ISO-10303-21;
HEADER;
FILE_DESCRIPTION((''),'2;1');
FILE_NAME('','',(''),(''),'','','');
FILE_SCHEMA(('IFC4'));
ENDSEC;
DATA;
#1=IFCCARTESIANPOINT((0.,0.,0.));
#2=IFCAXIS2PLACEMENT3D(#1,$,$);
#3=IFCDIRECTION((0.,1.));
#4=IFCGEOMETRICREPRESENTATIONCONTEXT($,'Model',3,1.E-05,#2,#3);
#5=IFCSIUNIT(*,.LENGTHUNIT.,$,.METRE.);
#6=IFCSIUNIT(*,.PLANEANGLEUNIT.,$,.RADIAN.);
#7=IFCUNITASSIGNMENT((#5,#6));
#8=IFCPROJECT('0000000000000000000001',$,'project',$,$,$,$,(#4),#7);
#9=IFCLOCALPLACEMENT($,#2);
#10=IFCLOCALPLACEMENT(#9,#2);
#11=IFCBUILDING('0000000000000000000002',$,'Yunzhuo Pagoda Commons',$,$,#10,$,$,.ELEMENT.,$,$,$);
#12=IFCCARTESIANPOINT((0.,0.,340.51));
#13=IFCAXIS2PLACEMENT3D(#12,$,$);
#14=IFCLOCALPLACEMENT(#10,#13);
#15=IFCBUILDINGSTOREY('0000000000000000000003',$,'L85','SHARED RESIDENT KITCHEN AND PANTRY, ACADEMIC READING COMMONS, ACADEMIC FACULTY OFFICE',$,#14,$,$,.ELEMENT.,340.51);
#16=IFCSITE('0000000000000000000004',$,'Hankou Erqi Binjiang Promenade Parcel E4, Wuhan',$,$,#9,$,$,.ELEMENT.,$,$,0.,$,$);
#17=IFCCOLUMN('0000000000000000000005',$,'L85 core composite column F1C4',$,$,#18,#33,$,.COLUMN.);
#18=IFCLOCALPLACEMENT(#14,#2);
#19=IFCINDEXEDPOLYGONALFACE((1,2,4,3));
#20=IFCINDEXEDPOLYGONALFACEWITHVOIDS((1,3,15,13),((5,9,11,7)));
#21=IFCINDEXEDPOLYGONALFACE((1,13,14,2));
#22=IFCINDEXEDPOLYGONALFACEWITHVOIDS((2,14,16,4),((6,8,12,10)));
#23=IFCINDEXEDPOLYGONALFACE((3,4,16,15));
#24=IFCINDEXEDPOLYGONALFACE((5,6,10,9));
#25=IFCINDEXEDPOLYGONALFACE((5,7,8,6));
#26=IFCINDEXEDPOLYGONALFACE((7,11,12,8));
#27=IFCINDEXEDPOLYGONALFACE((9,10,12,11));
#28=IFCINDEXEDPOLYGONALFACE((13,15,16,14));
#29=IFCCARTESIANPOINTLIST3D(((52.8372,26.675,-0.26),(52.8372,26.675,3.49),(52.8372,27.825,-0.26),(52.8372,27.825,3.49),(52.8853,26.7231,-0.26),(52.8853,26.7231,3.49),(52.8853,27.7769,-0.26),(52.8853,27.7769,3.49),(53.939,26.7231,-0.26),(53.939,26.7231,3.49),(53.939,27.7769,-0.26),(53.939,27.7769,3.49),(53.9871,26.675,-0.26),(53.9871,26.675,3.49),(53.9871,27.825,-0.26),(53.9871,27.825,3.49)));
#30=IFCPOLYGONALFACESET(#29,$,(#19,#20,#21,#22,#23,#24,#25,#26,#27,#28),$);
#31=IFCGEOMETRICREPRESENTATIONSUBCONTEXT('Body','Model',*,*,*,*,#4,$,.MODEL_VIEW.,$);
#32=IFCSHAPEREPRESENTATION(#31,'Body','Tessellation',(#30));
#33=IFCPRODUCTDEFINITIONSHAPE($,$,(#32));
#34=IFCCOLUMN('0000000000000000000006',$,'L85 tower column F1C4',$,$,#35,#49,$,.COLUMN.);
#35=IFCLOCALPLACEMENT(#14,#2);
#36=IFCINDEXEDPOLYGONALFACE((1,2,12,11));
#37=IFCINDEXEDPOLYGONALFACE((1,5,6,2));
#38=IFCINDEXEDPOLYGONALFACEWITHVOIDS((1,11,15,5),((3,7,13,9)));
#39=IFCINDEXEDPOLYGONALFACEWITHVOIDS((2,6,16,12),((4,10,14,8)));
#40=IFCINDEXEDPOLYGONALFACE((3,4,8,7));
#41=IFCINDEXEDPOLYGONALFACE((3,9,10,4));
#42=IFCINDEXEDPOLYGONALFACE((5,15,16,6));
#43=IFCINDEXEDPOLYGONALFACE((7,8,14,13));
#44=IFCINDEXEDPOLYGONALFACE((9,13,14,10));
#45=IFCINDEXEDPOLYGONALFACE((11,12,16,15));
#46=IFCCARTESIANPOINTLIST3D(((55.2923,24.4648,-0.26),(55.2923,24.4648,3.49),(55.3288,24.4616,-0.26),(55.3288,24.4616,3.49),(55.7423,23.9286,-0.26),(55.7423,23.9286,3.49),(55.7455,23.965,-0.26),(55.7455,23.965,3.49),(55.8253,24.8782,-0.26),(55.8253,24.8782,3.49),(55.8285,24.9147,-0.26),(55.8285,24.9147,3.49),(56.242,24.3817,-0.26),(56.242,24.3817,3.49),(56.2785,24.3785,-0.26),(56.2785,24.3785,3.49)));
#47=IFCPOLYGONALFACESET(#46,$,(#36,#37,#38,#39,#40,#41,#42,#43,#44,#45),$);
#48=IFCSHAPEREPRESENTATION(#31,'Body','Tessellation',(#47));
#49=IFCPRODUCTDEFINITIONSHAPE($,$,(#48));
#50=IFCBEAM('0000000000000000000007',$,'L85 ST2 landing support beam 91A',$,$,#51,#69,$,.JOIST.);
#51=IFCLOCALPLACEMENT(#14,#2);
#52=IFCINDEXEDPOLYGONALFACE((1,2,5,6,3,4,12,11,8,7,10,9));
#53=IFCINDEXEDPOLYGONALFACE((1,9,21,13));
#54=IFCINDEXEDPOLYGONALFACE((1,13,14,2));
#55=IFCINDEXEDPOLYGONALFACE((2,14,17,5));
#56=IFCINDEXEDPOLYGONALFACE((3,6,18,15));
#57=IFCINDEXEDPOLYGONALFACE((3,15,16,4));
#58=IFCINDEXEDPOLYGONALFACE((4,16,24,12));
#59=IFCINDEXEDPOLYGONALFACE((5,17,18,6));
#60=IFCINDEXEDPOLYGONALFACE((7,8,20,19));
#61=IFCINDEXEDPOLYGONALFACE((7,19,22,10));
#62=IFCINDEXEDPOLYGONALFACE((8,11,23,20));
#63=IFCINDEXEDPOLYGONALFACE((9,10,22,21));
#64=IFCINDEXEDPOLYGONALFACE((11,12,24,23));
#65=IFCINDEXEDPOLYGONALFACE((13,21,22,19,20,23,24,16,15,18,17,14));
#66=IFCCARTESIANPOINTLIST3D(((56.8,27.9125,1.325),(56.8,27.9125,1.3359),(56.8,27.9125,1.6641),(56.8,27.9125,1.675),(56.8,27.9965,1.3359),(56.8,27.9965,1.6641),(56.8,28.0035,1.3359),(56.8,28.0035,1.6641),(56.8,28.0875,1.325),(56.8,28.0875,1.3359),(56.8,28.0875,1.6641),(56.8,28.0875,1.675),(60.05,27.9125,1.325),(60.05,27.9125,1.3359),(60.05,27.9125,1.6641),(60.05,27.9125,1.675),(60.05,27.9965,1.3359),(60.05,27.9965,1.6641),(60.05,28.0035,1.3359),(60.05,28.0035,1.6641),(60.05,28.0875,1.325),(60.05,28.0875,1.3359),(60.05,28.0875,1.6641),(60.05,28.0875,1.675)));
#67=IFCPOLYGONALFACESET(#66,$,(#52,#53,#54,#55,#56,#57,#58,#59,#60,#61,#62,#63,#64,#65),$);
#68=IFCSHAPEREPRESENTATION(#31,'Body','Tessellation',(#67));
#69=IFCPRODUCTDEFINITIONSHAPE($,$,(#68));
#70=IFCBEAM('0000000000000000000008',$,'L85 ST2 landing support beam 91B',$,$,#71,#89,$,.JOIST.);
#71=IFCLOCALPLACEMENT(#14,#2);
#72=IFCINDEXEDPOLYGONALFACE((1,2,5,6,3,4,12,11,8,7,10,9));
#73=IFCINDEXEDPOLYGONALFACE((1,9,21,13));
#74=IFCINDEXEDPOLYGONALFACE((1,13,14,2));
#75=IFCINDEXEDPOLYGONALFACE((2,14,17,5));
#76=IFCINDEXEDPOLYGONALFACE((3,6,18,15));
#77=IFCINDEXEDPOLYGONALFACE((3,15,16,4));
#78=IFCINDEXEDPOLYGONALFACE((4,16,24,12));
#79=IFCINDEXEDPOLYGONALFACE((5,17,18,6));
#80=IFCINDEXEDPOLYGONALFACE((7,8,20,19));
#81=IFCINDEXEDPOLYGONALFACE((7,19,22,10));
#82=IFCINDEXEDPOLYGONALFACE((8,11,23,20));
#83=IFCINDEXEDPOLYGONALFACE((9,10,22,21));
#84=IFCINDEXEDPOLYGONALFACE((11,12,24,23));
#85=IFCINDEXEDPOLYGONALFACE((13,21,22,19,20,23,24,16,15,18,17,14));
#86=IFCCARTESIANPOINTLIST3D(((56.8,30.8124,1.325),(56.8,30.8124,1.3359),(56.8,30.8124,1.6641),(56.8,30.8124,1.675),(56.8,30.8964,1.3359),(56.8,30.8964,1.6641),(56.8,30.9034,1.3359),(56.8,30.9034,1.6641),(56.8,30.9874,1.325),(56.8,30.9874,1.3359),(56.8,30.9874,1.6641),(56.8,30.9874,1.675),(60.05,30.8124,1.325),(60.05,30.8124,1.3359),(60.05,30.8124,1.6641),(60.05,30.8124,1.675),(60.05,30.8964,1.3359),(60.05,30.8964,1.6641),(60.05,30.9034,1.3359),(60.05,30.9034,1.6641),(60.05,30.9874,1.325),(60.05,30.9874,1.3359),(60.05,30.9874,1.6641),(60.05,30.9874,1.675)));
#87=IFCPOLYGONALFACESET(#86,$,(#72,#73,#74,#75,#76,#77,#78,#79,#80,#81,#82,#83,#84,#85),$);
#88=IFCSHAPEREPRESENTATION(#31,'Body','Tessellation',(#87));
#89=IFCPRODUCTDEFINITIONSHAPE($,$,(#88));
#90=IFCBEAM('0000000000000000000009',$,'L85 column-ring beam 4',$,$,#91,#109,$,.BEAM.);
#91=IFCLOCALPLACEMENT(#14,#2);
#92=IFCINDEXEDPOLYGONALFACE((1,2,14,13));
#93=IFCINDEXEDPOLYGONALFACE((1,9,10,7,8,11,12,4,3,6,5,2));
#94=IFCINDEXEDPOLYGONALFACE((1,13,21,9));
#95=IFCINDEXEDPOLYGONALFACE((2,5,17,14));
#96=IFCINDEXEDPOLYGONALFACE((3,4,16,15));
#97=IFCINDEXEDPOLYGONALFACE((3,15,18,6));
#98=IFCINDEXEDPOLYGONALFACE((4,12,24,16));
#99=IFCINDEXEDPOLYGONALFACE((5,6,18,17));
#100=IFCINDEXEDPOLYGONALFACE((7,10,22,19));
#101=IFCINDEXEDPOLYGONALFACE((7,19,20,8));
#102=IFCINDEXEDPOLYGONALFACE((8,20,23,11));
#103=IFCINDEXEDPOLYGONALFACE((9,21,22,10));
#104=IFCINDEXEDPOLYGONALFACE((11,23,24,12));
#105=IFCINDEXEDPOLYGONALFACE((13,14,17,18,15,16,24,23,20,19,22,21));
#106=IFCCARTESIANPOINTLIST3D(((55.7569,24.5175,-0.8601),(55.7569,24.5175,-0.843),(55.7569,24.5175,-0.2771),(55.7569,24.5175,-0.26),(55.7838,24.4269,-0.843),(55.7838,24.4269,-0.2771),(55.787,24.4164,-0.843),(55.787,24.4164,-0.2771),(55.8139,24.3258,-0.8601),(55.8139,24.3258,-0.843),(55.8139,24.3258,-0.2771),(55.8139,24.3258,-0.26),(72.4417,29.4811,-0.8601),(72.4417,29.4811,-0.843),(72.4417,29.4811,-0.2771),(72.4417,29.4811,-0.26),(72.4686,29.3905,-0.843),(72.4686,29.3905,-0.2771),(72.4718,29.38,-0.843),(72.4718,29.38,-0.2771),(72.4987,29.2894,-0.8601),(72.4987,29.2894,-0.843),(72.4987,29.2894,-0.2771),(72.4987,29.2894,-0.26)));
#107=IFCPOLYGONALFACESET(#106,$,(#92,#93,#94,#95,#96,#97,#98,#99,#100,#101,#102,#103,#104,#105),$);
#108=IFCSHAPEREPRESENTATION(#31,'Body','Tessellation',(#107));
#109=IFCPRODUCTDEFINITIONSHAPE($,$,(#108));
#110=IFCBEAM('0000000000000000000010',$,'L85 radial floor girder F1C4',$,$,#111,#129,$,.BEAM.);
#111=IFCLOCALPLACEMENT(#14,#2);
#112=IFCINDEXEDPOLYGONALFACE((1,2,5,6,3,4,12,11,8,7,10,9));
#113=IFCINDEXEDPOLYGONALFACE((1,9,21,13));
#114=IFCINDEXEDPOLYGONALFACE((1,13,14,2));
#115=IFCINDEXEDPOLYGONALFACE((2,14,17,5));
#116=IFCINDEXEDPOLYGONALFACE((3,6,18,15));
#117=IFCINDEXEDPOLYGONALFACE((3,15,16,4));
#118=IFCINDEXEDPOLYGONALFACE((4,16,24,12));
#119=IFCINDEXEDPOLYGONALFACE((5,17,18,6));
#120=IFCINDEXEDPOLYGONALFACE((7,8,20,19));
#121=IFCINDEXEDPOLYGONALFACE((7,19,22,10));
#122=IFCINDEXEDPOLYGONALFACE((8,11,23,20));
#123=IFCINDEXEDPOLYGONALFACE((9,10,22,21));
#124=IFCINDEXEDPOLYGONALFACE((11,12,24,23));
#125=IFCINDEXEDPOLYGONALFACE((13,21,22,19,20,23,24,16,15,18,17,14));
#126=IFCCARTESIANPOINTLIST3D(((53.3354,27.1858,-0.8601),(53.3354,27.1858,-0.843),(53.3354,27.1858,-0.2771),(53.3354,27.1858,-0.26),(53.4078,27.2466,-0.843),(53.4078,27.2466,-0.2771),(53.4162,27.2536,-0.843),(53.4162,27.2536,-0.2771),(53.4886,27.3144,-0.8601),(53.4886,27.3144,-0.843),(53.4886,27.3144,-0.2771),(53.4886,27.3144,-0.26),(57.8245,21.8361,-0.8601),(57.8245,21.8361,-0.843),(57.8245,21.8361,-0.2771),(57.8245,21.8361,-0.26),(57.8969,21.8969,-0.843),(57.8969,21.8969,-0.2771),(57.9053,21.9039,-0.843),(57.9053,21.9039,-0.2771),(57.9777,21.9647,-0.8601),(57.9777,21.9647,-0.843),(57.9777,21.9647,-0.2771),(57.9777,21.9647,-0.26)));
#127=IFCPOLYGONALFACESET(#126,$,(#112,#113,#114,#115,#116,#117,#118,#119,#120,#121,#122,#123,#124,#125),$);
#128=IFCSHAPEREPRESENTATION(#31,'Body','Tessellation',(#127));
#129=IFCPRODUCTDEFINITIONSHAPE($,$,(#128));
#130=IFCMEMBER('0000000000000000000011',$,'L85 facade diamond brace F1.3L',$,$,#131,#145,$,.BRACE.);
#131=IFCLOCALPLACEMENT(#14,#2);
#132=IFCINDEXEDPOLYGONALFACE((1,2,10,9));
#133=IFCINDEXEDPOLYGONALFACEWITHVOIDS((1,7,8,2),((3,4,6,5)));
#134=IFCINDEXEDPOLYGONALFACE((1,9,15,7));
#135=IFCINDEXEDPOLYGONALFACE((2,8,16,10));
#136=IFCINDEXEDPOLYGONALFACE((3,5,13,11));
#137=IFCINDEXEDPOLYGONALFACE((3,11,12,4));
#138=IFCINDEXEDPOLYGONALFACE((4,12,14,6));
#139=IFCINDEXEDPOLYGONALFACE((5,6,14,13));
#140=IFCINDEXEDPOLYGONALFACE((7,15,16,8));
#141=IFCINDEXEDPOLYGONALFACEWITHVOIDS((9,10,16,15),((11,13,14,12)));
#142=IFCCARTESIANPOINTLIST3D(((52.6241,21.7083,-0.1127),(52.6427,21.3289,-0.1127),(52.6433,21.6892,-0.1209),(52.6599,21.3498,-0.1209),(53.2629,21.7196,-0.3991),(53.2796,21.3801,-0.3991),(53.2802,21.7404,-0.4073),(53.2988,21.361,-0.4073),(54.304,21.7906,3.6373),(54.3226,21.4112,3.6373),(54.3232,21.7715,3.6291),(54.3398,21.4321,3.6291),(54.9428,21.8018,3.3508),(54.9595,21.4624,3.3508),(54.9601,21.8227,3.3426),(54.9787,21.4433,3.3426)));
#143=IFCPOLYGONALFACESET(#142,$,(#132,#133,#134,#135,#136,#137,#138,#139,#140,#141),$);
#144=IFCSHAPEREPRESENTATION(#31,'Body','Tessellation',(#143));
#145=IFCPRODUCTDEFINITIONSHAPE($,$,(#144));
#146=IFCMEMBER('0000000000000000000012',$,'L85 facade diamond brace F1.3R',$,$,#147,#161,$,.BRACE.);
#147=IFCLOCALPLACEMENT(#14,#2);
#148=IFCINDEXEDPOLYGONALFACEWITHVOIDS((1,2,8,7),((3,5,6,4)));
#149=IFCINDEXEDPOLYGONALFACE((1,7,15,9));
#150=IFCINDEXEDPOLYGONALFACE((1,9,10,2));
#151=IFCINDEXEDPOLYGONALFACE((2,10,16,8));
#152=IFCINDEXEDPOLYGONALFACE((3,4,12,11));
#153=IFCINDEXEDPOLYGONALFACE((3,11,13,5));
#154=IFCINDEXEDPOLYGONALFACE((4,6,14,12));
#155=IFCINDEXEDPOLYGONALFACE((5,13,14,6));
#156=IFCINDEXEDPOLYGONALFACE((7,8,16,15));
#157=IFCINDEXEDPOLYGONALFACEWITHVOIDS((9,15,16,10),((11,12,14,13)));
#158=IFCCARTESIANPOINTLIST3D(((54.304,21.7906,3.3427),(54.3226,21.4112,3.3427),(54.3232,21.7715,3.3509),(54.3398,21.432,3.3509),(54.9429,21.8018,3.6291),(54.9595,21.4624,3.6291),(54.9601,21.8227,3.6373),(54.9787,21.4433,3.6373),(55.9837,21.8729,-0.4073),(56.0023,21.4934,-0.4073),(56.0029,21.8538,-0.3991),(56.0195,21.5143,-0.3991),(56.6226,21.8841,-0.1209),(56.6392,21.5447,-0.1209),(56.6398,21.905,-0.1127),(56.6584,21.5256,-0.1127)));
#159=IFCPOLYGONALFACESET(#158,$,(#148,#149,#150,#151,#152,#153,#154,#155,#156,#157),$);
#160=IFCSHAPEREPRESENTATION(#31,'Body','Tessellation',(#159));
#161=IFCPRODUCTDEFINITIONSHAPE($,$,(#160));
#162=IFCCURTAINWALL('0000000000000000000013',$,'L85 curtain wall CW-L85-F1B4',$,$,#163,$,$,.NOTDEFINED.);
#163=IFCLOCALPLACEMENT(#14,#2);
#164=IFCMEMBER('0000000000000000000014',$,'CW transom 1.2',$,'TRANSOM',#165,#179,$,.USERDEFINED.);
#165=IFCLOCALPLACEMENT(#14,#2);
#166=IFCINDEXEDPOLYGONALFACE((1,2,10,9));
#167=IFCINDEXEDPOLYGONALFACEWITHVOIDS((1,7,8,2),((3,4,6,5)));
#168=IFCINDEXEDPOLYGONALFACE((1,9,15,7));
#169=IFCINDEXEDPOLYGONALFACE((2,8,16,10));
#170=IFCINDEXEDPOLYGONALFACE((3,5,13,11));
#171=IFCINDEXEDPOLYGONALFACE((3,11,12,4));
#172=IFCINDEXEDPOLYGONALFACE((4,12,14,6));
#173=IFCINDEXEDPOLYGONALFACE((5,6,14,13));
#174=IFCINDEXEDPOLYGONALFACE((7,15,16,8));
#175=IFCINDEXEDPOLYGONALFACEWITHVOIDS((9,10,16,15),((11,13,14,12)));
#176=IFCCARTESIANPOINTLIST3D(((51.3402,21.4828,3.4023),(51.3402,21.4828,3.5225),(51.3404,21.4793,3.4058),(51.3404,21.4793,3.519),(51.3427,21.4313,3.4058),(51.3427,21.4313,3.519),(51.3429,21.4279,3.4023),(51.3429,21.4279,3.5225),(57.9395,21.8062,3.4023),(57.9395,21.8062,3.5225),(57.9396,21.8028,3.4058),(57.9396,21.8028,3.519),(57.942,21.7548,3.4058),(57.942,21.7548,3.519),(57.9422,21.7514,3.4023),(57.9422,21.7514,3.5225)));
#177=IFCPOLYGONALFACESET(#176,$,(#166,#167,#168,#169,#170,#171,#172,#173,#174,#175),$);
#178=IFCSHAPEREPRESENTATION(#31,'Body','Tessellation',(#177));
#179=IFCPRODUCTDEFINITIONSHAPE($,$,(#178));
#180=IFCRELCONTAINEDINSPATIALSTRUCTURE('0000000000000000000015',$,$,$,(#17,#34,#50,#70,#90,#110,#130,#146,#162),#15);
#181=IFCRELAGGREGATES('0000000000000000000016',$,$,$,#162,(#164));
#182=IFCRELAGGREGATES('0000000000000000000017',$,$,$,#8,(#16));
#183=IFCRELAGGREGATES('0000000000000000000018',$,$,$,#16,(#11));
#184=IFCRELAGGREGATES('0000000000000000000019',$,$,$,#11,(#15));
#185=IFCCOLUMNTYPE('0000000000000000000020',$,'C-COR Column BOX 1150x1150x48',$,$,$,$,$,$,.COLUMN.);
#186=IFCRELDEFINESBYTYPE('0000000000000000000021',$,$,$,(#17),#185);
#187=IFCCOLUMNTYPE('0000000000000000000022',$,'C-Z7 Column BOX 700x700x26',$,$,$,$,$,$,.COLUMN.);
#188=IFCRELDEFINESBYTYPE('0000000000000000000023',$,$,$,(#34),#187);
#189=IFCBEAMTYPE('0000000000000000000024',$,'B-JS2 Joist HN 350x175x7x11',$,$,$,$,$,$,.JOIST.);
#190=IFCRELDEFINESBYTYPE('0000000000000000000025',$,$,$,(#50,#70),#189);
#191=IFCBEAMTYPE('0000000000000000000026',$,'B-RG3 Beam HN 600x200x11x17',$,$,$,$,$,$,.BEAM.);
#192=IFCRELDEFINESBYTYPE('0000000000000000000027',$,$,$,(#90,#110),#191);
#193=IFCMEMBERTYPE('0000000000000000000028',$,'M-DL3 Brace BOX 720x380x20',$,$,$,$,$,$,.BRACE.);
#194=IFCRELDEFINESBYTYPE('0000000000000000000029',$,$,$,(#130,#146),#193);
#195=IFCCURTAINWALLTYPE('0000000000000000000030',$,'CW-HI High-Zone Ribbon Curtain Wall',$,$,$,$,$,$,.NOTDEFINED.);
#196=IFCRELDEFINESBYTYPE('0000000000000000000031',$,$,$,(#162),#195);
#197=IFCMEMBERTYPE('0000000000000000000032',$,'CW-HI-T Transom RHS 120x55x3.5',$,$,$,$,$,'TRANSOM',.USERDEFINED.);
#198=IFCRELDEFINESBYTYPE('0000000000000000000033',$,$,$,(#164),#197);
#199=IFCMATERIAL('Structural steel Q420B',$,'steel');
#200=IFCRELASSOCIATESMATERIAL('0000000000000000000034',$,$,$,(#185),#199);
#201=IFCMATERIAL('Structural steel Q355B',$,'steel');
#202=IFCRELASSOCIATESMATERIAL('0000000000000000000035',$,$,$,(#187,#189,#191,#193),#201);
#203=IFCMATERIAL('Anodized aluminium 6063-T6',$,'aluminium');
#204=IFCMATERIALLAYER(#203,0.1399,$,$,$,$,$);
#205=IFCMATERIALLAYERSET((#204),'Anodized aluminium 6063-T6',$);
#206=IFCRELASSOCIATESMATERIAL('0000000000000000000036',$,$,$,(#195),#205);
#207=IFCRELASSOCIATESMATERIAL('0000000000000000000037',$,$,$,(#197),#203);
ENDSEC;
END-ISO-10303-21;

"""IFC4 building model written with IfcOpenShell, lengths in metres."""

from ifc_helpers import new_model, si_unit, direction, frame, origin, origin_2d, place, context, subcontext, project, spatial, hollow_rectangle, i_section, extrude, source, transform, mapped, material, layer, layer_set, material_profile, profile_set, type_object, element, aggregate, save


model = new_model("IFC4")

# Units and contexts
model_context = context("Model", 3, precision=1e-05, world=origin(), true_north=direction((0.0, 1.0)))
body_context = subcontext(model_context, "Body", "Model", "MODEL_VIEW")
ifc_project = project(units=[si_unit("LENGTHUNIT", "METRE"), si_unit("PLANEANGLEUNIT", "RADIAN")], contexts=[model_context])

# Site, building, storey
site_placement = place(None, origin())
site = spatial("IfcSite", under=ifc_project, at=site_placement, Name="Hankou Erqi Binjiang Promenade Parcel E4, Wuhan", CompositionType="ELEMENT", RefElevation=0.0)
building_placement = place(site_placement, origin())
building = spatial("IfcBuilding", under=site, at=building_placement, Name="Yunzhuo Pagoda Commons", CompositionType="ELEMENT")
storey_placement = place(building_placement, frame((0.0, 0.0, 340.51)))
storey = spatial("IfcBuildingStorey", under=building, at=storey_placement, Name="L85", Description="SHARED RESIDENT KITCHEN AND PANTRY, ACADEMIC READING COMMONS, ACADEMIC FACULTY OFFICE", CompositionType="ELEMENT", Elevation=340.51)

# Columns
ifc_material_1 = material(Name="Structural steel Q420B", Category="steel")
ifc_material_profile_1 = material_profile(ifc_material_1, hollow_rectangle(XDim=1.1499, YDim=1.1499, WallThickness=0.0481, at=origin_2d()), Name="Structural steel Q420B")
ifc_profile_set_1 = profile_set([ifc_material_profile_1], Name="Structural steel Q420B")
column_type_1 = type_object("IfcColumnType", Name="C-COR Column BOX 1150x1150x48", PredefinedType="COLUMN", material=ifc_profile_set_1)
shared_shape_1 = source(origin(), body_context, "Body", "SweptSolid", [
    extrude(hollow_rectangle(XDim=1.1499, YDim=1.1499, WallThickness=0.0481, at=origin_2d()), origin(), (0.0, 0.0, 1.0), 3.75),
])
column_1_placement = place(storey_placement, frame((53.4121, 27.25, -0.26), z_axis=(0.0, 0.0, 1.0), x_axis=(1.0, 0.0, 0.0)))
element("IfcColumn", 1, at=column_1_placement, inside=storey, type_object=column_type_1, Name="L85 core composite column F1C4", PredefinedType="COLUMN", context=body_context, shape_type="MappedRepresentation", body=[
    mapped(shared_shape_1, transform((0.0, 0.0, 0.0), scale=1.0)),
])
ifc_material_2 = material(Name="Structural steel Q355B", Category="steel")
ifc_material_profile_2 = material_profile(ifc_material_2, hollow_rectangle(XDim=0.7, YDim=0.7, WallThickness=0.0259, at=origin_2d()), Name="Structural steel Q355B")
ifc_profile_set_2 = profile_set([ifc_material_profile_2], Name="Structural steel Q355B")
column_type_2 = type_object("IfcColumnType", Name="C-Z7 Column BOX 700x700x26", PredefinedType="COLUMN", material=ifc_profile_set_2)
shared_shape_2 = source(origin(), body_context, "Body", "SweptSolid", [
    extrude(hollow_rectangle(XDim=0.7, YDim=0.7, WallThickness=0.0259, at=origin_2d()), origin(), (0.0, 0.0, 1.0), 3.75),
])
column_2_placement = place(storey_placement, frame((55.7854, 24.4216, -0.26), z_axis=(0.0, 0.0, 1.0), x_axis=(0.766044, 0.642788, 0.0)))
element("IfcColumn", 2, at=column_2_placement, inside=storey, type_object=column_type_2, Name="L85 tower column F1C4", PredefinedType="COLUMN", context=body_context, shape_type="MappedRepresentation", body=[
    mapped(shared_shape_2, transform((0.0, 0.0, 0.0), scale=1.0)),
])

# Beams
ifc_material_profile_3 = material_profile(ifc_material_2, i_section(OverallWidth=0.175, OverallDepth=0.3501, WebThickness=0.0071, FlangeThickness=0.011, at=origin_2d()), Name="Structural steel Q355B")
ifc_profile_set_3 = profile_set([ifc_material_profile_3], Name="Structural steel Q355B")
beam_type_1 = type_object("IfcBeamType", Name="B-JS2 Joist HN 350x175x7x11", PredefinedType="JOIST", material=ifc_profile_set_3)
shared_shape_3 = source(origin(), body_context, "Body", "SweptSolid", [
    extrude(i_section(OverallWidth=0.175, OverallDepth=0.3501, WebThickness=0.0071, FlangeThickness=0.011, at=origin_2d()), origin(), (0.0, 0.0, 1.0), 3.25),
])
for number, where, z_axis, x_axis, name in (
    (3, (56.8, 28.0, 1.5), (1.0, 0.0, 0.0), (0.0, 1.0, 0.0), "L85 ST2 landing support beam 91A"),
    (4, (56.8, 30.8999, 1.5), (1.0, 0.0, 0.0), (0.0, 1.0, 0.0), "L85 ST2 landing support beam 91B"),
):
    element("IfcBeam", number, at=place(storey_placement, frame(where, z_axis=z_axis, x_axis=x_axis)), inside=storey, type_object=beam_type_1, Name=name, PredefinedType="JOIST", context=body_context, shape_type="MappedRepresentation", body=[
        mapped(shared_shape_3, transform((0.0, 0.0, 0.0), scale=1.0)),
    ])
ifc_material_profile_4 = material_profile(ifc_material_2, i_section(OverallWidth=0.2, OverallDepth=0.6001, WebThickness=0.011, FlangeThickness=0.0171, at=origin_2d()), Name="Structural steel Q355B")
ifc_profile_set_4 = profile_set([ifc_material_profile_4], Name="Structural steel Q355B")
beam_type_2 = type_object("IfcBeamType", Name="B-RG3 Beam HN 600x200x11x17", PredefinedType="BEAM", material=ifc_profile_set_4)
shared_shape_4 = source(origin(), body_context, "Body", "SweptSolid", [
    extrude(i_section(OverallWidth=0.2, OverallDepth=0.6001, WebThickness=0.011, FlangeThickness=0.0171, at=origin_2d()), origin(), (0.0, 0.0, 1.0), 17.4075),
])
beam_1_placement = place(storey_placement, frame((55.7854, 24.4216, -0.5601), z_axis=(0.958485, 0.285143, 0.0), x_axis=(-0.285143, 0.958485, 0.0)))
element("IfcBeam", 5, at=beam_1_placement, inside=storey, type_object=beam_type_2, Name="L85 column-ring beam 4", PredefinedType="BEAM", context=body_context, shape_type="MappedRepresentation", body=[
    mapped(shared_shape_4, transform((0.0, 0.0, 0.0), scale=1.0)),
])
shared_shape_5 = source(origin(), body_context, "Body", "SweptSolid", [
    extrude(i_section(OverallWidth=0.2, OverallDepth=0.6001, WebThickness=0.011, FlangeThickness=0.0171, at=origin_2d()), origin(), (0.0, 0.0, 1.0), 6.9836),
])
beam_2_placement = place(storey_placement, frame((57.9011, 21.9004, -0.5601), z_axis=(-0.642801, 0.766033, 0.0), x_axis=(-0.766033, -0.642801, 0.0)))
element("IfcBeam", 6, at=beam_2_placement, inside=storey, type_object=beam_type_2, Name="L85 radial floor girder F1C4", PredefinedType="BEAM", context=body_context, shape_type="MappedRepresentation", body=[
    mapped(shared_shape_5, transform((0.0, 0.0, 0.0), scale=1.0)),
])

# Members
ifc_material_profile_5 = material_profile(ifc_material_2, hollow_rectangle(XDim=0.3799, YDim=0.72, WallThickness=0.02, at=origin_2d()), Name="Structural steel Q355B")
ifc_profile_set_5 = profile_set([ifc_material_profile_5], Name="Structural steel Q355B")
member_type_1 = type_object("IfcMemberType", Name="M-DL3 Brace BOX 720x380x20", PredefinedType="BRACE", material=ifc_profile_set_5)
shared_shape_6 = source(origin(), body_context, "Body", "SweptSolid", [
    extrude(hollow_rectangle(XDim=0.3799, YDim=0.72, WallThickness=0.02, at=origin_2d()), origin(), (0.0, 0.0, 1.0), 4.1099),
])
for number, where, z_axis, x_axis, name in (
    (7, (52.9614, 21.5347, -0.26), (0.40875, 0.020019, 0.912427), (-0.048917, 0.998803, 0.0), "L85 facade diamond brace F1.3L"),
    (8, (56.321, 21.6992, -0.26), (-0.408701, -0.020019, 0.912449), (0.048924, -0.998803, 0.0), "L85 facade diamond brace F1.3R"),
):
    element("IfcMember", number, at=place(storey_placement, frame(where, z_axis=z_axis, x_axis=x_axis)), inside=storey, type_object=member_type_1, Name=name, PredefinedType="BRACE", context=body_context, shape_type="MappedRepresentation", body=[
        mapped(shared_shape_6, transform((0.0, 0.0, 0.0), scale=1.0)),
    ])

# Curtain wall, member
ifc_material_3 = material(Name="Anodized aluminium 6063-T6", Category="aluminium")
ifc_layer_1 = layer(ifc_material_3, 0.1399)
ifc_layer_set_1 = layer_set([ifc_layer_1], Name="Anodized aluminium 6063-T6")
curtain_wall_type = type_object("IfcCurtainWallType", Name="CW-HI High-Zone Ribbon Curtain Wall", PredefinedType="NOTDEFINED", material=ifc_layer_set_1)
curtain_wall_placement = place(storey_placement, origin())
curtain_wall = element("IfcCurtainWall", 9, at=curtain_wall_placement, inside=storey, type_object=curtain_wall_type, Name="L85 curtain wall CW-L85-F1B4", PredefinedType="NOTDEFINED")
ifc_material_profile_6 = material_profile(ifc_material_3, hollow_rectangle(XDim=0.0549, YDim=0.1201, WallThickness=0.0034, at=origin_2d()), Name="Anodized aluminium 6063-T6")
ifc_profile_set_6 = profile_set([ifc_material_profile_6], Name="Anodized aluminium 6063-T6")
member_type_2 = type_object("IfcMemberType", Name="CW-HI-T Transom RHS 120x55x3.5", ElementType="TRANSOM", PredefinedType="USERDEFINED", material=ifc_profile_set_6)
shared_shape_7 = source(origin(), body_context, "Body", "SweptSolid", [
    extrude(hollow_rectangle(XDim=0.0549, YDim=0.1201, WallThickness=0.0034, at=origin_2d()), origin(), (0.0, 0.0, 1.0), 6.6072),
])
member_placement = place(storey_placement, frame((51.3416, 21.4553, 3.4624), z_axis=(0.998801, 0.048959, 0.0), x_axis=(-0.048959, 0.998801, 0.0)))
member = element("IfcMember", 10, at=member_placement, type_object=member_type_2, Name="CW transom 1.2", ObjectType="TRANSOM", PredefinedType="USERDEFINED", context=body_context, shape_type="MappedRepresentation", body=[
    mapped(shared_shape_7, transform((0.0, 0.0, 0.0), scale=1.0)),
])
aggregate(curtain_wall, [member])

save(model, "model.ifc")
